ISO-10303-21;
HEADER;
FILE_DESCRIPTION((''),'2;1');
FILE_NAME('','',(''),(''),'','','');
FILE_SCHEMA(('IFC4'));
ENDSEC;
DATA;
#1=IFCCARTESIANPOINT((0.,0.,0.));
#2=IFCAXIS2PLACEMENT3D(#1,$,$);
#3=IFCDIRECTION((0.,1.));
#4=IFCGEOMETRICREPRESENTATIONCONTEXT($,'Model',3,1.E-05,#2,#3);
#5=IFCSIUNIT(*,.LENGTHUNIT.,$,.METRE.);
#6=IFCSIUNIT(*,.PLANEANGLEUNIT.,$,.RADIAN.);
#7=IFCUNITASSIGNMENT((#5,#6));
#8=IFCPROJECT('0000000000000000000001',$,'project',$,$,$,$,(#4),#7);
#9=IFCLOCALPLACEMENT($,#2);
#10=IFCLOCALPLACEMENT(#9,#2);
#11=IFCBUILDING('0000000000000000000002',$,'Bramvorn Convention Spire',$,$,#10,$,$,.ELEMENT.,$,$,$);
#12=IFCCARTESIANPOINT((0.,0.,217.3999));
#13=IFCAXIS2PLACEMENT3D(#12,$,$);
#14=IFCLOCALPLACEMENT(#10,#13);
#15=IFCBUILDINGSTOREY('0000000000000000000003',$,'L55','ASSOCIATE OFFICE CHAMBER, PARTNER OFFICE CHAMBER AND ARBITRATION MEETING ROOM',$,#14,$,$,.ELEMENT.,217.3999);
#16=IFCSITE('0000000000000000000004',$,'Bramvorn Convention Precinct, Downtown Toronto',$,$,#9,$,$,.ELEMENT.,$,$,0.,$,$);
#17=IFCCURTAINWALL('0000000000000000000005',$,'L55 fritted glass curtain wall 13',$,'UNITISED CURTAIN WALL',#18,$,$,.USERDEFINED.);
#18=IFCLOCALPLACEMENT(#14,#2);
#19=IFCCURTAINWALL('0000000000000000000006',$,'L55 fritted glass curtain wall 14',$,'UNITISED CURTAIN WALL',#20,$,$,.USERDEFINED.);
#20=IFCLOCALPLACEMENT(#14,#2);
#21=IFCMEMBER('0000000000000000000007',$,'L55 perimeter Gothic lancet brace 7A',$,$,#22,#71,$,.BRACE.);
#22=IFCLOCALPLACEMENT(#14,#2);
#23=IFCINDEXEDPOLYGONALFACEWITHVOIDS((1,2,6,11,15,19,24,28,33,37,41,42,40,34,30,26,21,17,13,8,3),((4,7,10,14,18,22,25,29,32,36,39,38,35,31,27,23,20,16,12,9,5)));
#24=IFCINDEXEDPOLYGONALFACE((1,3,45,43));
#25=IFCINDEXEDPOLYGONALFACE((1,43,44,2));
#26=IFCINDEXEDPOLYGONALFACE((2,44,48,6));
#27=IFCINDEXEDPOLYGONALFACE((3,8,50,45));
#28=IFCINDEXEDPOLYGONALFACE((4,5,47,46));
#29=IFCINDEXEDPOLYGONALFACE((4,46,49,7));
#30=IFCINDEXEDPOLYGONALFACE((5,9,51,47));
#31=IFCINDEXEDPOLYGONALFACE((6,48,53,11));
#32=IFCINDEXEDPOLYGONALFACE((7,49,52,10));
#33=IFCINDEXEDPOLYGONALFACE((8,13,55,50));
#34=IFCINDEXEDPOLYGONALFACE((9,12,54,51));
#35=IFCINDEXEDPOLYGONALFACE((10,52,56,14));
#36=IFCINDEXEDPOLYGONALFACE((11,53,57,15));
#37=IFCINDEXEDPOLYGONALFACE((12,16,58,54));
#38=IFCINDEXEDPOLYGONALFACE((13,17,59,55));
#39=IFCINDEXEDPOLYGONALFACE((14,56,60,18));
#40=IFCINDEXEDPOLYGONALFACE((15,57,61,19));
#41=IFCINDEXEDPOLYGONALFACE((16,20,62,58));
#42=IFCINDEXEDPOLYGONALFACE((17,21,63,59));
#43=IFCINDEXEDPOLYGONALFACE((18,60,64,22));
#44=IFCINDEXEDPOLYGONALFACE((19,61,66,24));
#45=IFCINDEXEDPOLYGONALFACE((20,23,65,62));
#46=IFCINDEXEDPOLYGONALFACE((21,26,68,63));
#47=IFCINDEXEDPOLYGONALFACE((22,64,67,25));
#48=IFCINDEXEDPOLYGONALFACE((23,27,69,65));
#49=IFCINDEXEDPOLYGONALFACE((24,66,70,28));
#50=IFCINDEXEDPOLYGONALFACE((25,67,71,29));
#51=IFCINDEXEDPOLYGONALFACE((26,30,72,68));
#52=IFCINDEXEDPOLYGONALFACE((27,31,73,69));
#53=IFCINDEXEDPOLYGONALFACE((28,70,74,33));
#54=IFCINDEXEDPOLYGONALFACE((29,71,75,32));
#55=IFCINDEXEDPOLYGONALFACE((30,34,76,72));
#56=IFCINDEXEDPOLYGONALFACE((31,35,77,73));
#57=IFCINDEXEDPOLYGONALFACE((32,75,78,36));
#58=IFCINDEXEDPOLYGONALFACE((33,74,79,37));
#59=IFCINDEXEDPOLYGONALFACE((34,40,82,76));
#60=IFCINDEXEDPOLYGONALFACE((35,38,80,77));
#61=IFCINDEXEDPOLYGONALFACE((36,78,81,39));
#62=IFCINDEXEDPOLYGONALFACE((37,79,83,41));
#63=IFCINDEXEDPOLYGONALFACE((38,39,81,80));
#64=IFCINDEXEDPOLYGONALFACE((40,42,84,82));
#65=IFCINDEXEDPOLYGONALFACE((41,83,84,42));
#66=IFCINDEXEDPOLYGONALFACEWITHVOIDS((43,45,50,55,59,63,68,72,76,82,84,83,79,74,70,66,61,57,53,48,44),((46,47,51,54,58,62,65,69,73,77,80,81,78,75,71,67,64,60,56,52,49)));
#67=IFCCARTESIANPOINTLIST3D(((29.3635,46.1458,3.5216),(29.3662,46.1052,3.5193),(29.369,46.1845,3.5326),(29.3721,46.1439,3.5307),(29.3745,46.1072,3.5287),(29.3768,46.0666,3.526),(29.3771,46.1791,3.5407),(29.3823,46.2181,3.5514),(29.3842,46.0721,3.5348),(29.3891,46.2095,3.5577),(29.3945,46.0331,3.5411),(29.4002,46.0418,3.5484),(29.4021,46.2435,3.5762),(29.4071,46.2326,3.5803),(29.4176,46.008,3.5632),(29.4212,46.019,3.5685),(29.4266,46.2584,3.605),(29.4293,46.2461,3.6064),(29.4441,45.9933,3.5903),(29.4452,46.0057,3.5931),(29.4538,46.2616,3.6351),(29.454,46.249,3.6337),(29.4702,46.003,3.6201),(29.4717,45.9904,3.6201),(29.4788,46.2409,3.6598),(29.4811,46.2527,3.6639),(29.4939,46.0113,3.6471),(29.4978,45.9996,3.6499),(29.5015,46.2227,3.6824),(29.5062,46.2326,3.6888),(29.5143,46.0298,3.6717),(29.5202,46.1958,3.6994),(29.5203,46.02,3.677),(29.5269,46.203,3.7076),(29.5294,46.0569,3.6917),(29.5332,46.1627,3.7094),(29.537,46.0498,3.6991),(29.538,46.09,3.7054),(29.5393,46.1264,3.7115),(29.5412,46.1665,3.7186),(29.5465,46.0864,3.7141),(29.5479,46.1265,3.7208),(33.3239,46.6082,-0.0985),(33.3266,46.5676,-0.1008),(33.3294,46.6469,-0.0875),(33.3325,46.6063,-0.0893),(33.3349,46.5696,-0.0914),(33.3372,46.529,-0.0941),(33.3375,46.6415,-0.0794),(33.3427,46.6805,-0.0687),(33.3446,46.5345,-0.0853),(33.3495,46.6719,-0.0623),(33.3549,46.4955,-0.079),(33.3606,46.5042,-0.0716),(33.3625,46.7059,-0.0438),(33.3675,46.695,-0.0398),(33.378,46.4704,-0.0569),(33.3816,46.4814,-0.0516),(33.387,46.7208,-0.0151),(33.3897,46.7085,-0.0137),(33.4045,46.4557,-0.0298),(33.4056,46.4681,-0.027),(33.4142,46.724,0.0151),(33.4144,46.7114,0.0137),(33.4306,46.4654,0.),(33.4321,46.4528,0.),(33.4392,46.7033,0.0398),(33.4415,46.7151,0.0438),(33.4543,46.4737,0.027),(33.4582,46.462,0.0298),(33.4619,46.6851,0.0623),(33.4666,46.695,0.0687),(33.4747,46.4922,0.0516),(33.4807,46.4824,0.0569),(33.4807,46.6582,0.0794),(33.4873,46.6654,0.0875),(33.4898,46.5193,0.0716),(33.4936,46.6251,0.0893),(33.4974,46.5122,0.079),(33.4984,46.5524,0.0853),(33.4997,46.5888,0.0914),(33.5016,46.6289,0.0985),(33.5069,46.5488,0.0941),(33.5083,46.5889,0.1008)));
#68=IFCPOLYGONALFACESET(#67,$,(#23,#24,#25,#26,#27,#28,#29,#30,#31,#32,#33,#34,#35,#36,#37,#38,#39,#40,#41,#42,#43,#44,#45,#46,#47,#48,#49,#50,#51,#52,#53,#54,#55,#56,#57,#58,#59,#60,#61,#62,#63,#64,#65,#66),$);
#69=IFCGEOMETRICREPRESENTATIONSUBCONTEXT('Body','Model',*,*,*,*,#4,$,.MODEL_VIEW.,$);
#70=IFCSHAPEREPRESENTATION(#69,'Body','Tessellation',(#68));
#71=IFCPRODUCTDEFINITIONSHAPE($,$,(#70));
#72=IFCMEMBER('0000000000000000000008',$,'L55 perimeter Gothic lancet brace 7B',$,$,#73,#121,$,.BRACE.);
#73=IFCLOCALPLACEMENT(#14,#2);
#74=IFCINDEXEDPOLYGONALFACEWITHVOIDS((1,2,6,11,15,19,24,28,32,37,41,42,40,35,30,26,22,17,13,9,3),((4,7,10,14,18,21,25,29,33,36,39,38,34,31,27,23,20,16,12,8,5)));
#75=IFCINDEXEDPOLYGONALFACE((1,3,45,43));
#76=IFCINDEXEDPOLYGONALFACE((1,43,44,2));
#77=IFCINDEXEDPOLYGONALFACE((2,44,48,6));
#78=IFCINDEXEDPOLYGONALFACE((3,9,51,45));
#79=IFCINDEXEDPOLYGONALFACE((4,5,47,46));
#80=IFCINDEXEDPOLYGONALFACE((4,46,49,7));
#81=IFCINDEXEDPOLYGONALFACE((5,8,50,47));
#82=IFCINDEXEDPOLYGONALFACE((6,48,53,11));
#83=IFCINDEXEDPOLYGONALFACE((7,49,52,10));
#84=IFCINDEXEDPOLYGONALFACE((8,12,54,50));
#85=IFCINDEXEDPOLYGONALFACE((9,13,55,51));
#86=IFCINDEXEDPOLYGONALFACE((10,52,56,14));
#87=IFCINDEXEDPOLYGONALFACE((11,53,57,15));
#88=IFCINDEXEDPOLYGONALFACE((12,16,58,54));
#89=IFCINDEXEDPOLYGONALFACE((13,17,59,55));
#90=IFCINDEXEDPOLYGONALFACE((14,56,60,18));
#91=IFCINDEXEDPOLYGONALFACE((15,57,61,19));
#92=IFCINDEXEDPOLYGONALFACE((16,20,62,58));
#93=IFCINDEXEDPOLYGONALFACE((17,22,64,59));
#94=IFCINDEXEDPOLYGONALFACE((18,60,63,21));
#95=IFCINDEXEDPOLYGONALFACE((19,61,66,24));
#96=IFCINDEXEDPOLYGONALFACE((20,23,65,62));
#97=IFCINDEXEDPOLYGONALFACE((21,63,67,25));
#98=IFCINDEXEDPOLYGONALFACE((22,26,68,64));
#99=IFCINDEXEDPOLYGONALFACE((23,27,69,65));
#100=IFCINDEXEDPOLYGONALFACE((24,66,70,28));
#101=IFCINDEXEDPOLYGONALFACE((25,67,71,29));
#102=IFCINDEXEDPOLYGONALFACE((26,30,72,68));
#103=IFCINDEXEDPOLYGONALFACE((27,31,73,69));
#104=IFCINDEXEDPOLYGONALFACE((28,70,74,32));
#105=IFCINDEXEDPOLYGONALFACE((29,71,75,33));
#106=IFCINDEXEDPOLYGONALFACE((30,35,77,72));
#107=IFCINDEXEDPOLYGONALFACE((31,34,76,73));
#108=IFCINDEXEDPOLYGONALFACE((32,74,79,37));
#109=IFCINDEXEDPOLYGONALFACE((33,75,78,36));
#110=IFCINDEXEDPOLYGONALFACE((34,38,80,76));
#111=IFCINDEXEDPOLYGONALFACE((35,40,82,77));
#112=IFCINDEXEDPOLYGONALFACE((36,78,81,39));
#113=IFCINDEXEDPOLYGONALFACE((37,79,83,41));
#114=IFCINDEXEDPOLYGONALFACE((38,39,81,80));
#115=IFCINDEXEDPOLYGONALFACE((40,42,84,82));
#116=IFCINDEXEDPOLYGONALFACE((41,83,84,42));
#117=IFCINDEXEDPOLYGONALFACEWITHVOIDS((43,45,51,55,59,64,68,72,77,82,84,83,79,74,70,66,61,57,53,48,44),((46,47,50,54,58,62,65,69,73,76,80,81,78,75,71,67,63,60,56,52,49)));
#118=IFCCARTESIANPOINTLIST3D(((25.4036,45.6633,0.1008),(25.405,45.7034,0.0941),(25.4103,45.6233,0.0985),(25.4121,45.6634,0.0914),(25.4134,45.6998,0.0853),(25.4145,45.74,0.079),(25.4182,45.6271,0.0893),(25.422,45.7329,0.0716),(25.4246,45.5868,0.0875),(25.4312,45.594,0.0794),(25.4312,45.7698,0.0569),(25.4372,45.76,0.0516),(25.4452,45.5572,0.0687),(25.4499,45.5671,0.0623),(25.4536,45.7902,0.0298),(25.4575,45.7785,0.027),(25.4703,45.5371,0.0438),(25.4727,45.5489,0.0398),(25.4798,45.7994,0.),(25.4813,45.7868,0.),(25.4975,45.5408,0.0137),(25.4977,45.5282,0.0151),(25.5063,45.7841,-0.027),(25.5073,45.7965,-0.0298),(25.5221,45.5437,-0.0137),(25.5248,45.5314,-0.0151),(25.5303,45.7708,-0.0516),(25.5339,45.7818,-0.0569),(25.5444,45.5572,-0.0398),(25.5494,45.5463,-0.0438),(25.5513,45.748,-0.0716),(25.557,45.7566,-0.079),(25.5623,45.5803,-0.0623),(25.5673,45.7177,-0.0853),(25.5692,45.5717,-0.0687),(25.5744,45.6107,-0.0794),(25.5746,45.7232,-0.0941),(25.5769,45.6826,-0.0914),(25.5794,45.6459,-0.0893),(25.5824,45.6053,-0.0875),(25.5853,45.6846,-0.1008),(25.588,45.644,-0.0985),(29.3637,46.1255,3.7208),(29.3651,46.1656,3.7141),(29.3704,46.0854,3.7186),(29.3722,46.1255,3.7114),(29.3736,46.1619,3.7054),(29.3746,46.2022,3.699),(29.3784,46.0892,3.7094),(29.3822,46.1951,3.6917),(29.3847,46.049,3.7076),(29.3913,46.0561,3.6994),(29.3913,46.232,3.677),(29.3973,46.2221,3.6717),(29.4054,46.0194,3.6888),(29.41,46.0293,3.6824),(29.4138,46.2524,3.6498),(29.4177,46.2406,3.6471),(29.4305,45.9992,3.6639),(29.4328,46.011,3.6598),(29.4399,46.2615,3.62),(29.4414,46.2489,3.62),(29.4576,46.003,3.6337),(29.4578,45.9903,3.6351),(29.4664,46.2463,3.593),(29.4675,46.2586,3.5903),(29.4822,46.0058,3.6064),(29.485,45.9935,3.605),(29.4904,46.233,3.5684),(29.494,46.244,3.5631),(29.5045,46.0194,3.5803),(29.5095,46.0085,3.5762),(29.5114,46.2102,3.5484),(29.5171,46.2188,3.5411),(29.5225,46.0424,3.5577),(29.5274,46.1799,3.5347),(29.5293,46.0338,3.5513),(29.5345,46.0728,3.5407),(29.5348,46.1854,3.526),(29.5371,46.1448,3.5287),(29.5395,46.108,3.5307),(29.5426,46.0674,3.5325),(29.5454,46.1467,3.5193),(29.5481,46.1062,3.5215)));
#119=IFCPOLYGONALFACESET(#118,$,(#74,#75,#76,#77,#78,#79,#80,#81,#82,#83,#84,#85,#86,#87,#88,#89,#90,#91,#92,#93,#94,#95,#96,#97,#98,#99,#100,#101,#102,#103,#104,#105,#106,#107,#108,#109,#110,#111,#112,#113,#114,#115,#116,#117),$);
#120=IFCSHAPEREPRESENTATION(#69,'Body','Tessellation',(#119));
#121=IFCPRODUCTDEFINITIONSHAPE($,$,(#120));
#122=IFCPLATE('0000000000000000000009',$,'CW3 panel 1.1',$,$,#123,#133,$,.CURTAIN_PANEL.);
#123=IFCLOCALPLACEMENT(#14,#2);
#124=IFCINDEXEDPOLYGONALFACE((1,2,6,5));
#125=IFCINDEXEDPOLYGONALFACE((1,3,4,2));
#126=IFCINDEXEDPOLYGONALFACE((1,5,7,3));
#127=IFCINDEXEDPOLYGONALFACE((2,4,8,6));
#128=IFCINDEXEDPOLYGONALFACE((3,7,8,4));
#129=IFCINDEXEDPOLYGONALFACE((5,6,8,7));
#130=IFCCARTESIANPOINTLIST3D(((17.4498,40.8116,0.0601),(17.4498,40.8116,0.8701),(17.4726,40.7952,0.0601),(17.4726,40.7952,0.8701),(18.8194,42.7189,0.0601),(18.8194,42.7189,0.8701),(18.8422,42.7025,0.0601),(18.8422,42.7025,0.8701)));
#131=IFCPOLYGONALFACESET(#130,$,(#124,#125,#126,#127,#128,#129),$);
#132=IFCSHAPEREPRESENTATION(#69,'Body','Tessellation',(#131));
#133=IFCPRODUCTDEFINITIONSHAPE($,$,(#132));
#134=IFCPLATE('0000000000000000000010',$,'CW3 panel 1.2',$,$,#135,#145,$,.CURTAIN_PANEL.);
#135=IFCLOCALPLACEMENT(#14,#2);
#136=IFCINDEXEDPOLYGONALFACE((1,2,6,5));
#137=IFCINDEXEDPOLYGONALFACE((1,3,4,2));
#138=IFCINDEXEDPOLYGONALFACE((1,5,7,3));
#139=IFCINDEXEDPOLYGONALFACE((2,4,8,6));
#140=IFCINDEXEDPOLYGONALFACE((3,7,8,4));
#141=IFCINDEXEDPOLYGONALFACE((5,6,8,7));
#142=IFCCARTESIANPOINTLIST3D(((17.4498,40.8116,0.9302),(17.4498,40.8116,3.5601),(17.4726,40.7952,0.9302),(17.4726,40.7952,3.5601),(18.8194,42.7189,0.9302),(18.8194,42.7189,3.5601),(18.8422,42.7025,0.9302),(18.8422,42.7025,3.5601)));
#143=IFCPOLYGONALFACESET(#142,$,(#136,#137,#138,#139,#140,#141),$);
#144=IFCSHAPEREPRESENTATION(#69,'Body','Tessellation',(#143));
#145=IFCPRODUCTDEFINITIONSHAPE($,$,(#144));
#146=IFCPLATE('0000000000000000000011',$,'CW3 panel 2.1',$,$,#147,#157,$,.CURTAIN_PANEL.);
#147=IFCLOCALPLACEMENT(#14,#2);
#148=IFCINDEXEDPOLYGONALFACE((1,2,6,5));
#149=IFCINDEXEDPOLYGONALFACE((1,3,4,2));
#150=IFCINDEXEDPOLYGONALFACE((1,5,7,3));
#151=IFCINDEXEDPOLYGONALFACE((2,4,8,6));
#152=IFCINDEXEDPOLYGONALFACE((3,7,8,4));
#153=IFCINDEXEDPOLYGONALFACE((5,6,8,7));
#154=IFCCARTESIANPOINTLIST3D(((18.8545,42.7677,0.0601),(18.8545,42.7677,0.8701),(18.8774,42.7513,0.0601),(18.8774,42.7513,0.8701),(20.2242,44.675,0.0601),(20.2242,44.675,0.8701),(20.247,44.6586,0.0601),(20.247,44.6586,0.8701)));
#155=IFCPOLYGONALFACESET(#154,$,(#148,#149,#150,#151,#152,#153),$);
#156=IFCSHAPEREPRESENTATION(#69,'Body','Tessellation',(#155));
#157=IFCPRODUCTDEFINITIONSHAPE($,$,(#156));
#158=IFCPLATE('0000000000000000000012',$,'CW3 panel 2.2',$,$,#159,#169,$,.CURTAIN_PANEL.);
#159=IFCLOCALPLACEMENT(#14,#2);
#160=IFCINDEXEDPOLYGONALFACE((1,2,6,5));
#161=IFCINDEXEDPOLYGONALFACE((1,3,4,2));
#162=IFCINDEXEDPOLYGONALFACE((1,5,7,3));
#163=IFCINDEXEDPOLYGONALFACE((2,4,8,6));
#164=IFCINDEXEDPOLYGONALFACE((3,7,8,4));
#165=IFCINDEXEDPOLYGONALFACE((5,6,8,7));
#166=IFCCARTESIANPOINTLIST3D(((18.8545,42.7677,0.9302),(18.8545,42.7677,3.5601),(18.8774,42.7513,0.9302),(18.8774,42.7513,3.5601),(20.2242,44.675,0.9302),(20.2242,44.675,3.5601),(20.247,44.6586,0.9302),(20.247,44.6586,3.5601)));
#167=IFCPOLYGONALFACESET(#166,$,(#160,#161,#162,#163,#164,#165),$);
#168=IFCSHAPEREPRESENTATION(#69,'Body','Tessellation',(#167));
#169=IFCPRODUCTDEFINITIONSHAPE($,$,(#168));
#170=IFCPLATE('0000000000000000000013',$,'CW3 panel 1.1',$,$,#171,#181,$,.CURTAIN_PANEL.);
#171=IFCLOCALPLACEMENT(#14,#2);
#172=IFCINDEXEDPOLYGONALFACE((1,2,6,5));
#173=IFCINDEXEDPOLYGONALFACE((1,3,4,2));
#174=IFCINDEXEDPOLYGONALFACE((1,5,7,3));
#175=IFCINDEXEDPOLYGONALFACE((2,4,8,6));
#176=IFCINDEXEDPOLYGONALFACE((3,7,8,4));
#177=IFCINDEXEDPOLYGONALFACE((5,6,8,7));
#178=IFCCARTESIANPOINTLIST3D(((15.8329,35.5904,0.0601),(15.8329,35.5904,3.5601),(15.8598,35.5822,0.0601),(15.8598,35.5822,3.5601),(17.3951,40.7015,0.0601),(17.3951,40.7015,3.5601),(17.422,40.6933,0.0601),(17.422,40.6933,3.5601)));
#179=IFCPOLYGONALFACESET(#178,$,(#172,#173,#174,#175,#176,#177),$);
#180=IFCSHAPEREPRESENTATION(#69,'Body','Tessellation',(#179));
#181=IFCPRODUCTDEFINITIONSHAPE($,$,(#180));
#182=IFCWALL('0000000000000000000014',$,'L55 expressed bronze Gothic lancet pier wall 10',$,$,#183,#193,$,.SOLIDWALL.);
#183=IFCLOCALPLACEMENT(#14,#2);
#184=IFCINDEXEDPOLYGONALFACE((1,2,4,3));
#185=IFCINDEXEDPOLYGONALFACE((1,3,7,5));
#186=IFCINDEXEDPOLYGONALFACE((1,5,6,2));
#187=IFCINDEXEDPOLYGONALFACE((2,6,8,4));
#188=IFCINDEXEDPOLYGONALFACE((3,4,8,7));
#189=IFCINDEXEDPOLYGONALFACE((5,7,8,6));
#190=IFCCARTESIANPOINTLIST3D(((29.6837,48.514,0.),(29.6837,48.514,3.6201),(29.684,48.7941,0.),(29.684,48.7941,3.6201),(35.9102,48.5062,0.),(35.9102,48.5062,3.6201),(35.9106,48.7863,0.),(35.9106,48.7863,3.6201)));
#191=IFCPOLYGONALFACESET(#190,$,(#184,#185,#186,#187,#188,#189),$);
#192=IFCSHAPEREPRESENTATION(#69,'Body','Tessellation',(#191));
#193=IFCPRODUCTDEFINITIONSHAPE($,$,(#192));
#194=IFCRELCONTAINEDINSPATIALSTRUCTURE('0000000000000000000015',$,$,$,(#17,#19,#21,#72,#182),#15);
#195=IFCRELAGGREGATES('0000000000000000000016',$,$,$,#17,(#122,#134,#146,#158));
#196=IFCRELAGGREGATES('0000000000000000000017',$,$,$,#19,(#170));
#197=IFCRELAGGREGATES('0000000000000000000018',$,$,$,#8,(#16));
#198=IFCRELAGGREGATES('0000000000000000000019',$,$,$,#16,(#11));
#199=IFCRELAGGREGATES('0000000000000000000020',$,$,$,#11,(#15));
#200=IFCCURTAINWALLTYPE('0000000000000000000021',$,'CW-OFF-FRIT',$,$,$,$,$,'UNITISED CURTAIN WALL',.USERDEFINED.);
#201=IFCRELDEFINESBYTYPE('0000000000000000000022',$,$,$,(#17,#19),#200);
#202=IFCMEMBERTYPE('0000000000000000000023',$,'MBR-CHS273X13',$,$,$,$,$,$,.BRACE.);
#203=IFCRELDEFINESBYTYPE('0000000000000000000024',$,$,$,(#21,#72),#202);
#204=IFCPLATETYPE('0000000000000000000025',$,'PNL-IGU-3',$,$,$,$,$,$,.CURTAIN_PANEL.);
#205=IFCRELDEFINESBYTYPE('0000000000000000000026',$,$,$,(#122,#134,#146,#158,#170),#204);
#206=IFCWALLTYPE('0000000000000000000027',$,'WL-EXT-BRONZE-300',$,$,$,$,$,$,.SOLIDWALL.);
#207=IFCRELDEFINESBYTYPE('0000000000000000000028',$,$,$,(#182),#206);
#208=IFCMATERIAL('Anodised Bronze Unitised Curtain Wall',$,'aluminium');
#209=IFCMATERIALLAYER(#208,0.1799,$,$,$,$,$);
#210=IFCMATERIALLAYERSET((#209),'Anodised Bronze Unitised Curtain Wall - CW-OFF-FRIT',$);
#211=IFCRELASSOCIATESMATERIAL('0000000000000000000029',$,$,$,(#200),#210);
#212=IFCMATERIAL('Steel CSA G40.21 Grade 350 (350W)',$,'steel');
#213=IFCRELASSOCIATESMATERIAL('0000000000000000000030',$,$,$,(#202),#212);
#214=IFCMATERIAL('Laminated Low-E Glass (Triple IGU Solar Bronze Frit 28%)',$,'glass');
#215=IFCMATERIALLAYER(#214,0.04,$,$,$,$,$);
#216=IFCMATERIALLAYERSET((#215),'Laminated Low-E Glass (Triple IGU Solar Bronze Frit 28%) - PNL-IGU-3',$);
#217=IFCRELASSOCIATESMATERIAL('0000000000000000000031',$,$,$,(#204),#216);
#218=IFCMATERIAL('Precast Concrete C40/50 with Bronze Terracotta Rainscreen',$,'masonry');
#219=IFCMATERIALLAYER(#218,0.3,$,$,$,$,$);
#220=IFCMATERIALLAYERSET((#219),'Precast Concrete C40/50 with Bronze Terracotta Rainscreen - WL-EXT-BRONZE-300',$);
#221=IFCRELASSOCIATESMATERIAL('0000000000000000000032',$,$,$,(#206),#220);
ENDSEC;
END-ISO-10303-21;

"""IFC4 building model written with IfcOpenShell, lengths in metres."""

from ifc_helpers import new_model, si_unit, direction, frame, frame_2d, origin, origin_2d, place, context, subcontext, project, spatial, rectangle, hollow_circle, extrude, material, layer, layer_set, material_profile, profile_set, type_object, element, aggregate, save


model = new_model("IFC4")

# Units and contexts
model_context = context("Model", 3, precision=1e-05, world=origin(), true_north=direction((0.0, 1.0)))
body_context = subcontext(model_context, "Body", "Model", "MODEL_VIEW")
ifc_project = project(units=[si_unit("LENGTHUNIT", "METRE"), si_unit("PLANEANGLEUNIT", "RADIAN")], contexts=[model_context])

# Site, building, storey
site_placement = place(None, origin())
site = spatial("IfcSite", under=ifc_project, at=site_placement, Name="Bramvorn Convention Precinct, Downtown Toronto", CompositionType="ELEMENT", RefElevation=0.0)
building_placement = place(site_placement, origin())
building = spatial("IfcBuilding", under=site, at=building_placement, Name="Bramvorn Convention Spire", CompositionType="ELEMENT")
storey_placement = place(building_placement, frame((0.0, 0.0, 217.3999)))
storey = spatial("IfcBuildingStorey", under=building, at=storey_placement, Name="L55", Description="ASSOCIATE OFFICE CHAMBER, PARTNER OFFICE CHAMBER AND ARBITRATION MEETING ROOM", CompositionType="ELEMENT", Elevation=217.3999)

# Shared definitions
ifc_material_1 = material(Name="Steel CSA G40.21 Grade 350 (350W)", Category="steel")

# Curtain wall
ifc_material_2 = material(Name="Anodised Bronze Unitised Curtain Wall", Category="aluminium")
ifc_layer_1 = layer(ifc_material_2, 0.1799)
ifc_layer_set_1 = layer_set([ifc_layer_1], Name="Anodised Bronze Unitised Curtain Wall - CW-OFF-FRIT")
curtain_wall_type = type_object("IfcCurtainWallType", Name="CW-OFF-FRIT", ElementType="UNITISED CURTAIN WALL", PredefinedType="USERDEFINED", material=ifc_layer_set_1)
curtain_wall_1_placement = place(storey_placement, origin())
curtain_wall_1 = element("IfcCurtainWall", 1, at=curtain_wall_1_placement, inside=storey, type_object=curtain_wall_type, Name="L55 fritted glass curtain wall 13", ObjectType="UNITISED CURTAIN WALL", PredefinedType="USERDEFINED")

# Curtain wall
curtain_wall_2_placement = place(storey_placement, origin())
curtain_wall_2 = element("IfcCurtainWall", 2, at=curtain_wall_2_placement, inside=storey, type_object=curtain_wall_type, Name="L55 fritted glass curtain wall 14", ObjectType="UNITISED CURTAIN WALL", PredefinedType="USERDEFINED")

# Members
ifc_material_profile_1 = material_profile(ifc_material_1, hollow_circle(Radius=0.1365, WallThickness=0.0127, at=origin_2d()))
ifc_profile_set_1 = profile_set([ifc_material_profile_1], Name="Steel CSA G40.21 Grade 350 (350W) - CHS273X13")
member_type_1 = type_object("IfcMemberType", Name="MBR-CHS273X13", PredefinedType="BRACE", material=ifc_profile_set_1)
member_1_placement = place(storey_placement, frame((33.4163, 46.5884, 0.0), z_axis=(-0.735383, -0.08586, 0.67219), x_axis=(0.115967, -0.993253, 0.0)))
element("IfcMember", 3, at=member_1_placement, inside=storey, type_object=member_type_1, Name="L55 perimeter Gothic lancet brace 7A", PredefinedType="BRACE", context=body_context, shape_type="SweptSolid", body=[
    extrude(hollow_circle(Radius=0.1365, WallThickness=0.0127, at=origin_2d()), origin(), (0.0, 0.0, 1.0), 5.3855),
])
member_2_placement = place(storey_placement, frame((25.4956, 45.6638, 0.0), z_axis=(0.735365, 0.085818, 0.672215), x_axis=(-0.115914, 0.993259, 0.0)))
element("IfcMember", 4, at=member_2_placement, inside=storey, type_object=member_type_1, Name="L55 perimeter Gothic lancet brace 7B", PredefinedType="BRACE", context=body_context, shape_type="SweptSolid", body=[
    extrude(hollow_circle(Radius=0.1365, WallThickness=0.0127, at=origin_2d()), origin(), (0.0, 0.0, 1.0), 5.3853),
])

# Plates
ifc_material_3 = material(Name="Laminated Low-E Glass (Triple IGU Solar Bronze Frit 28%)", Category="glass")
ifc_layer_2 = layer(ifc_material_3, 0.04)
ifc_layer_set_2 = layer_set([ifc_layer_2], Name="Laminated Low-E Glass (Triple IGU Solar Bronze Frit 28%) - PNL-IGU-3")
plate_type = type_object("IfcPlateType", Name="PNL-IGU-3", PredefinedType="CURTAIN_PANEL", material=ifc_layer_set_2)
plate_1_placement = place(storey_placement, frame((18.146, 41.7571, 0.0601), z_axis=(0.0, 0.0, 1.0), x_axis=(0.583295, 0.812261, 0.0)))
plate_1 = element("IfcPlate", 5, at=plate_1_placement, type_object=plate_type, Name="CW3 panel 1.1", PredefinedType="CURTAIN_PANEL", context=body_context, shape_type="SweptSolid", body=[
    extrude(rectangle(XDim=2.3481, YDim=0.0281, at=origin_2d()), origin(), (0.0, 0.0, 1.0), 0.8101),
])
plate_2_placement = place(storey_placement, frame((18.146, 41.7571, 0.9302), z_axis=(0.0, 0.0, 1.0), x_axis=(0.583295, 0.812261, 0.0)))
plate_2 = element("IfcPlate", 6, at=plate_2_placement, type_object=plate_type, Name="CW3 panel 1.2", PredefinedType="CURTAIN_PANEL", context=body_context, shape_type="SweptSolid", body=[
    extrude(rectangle(XDim=2.3481, YDim=0.0281, at=origin_2d()), origin(), (0.0, 0.0, 1.0), 2.6299),
])
plate_3_placement = place(storey_placement, frame((19.5508, 43.7131, 0.0601), z_axis=(0.0, 0.0, 1.0), x_axis=(0.583295, 0.812261, 0.0)))
plate_3 = element("IfcPlate", 7, at=plate_3_placement, type_object=plate_type, Name="CW3 panel 2.1", PredefinedType="CURTAIN_PANEL", context=body_context, shape_type="SweptSolid", body=[
    extrude(rectangle(XDim=2.3481, YDim=0.0281, at=origin_2d()), origin(), (0.0, 0.0, 1.0), 0.8101),
])
plate_4_placement = place(storey_placement, frame((19.5508, 43.7131, 0.9302), z_axis=(0.0, 0.0, 1.0), x_axis=(0.583295, 0.812261, 0.0)))
plate_4 = element("IfcPlate", 8, at=plate_4_placement, type_object=plate_type, Name="CW3 panel 2.2", PredefinedType="CURTAIN_PANEL", context=body_context, shape_type="SweptSolid", body=[
    extrude(rectangle(XDim=2.3481, YDim=0.0281, at=origin_2d()), origin(), (0.0, 0.0, 1.0), 2.6299),
])
aggregate(curtain_wall_1, [plate_1, plate_2, plate_3, plate_4])
plate_5_placement = place(storey_placement, frame((16.6274, 38.1418, 0.0601), z_axis=(0.0, 0.0, 1.0), x_axis=(0.292307, 0.956325, 0.0)))
plate_5 = element("IfcPlate", 9, at=plate_5_placement, type_object=plate_type, Name="CW3 panel 1.1", PredefinedType="CURTAIN_PANEL", context=body_context, shape_type="SweptSolid", body=[
    extrude(rectangle(XDim=5.3445, YDim=0.0281, at=origin_2d()), origin(), (0.0, 0.0, 1.0), 3.5),
])
aggregate(curtain_wall_2, [plate_5])

# Wall
ifc_material_4 = material(Name="Precast Concrete C40/50 with Bronze Terracotta Rainscreen", Category="masonry")
ifc_layer_3 = layer(ifc_material_4, 0.3)
ifc_layer_set_3 = layer_set([ifc_layer_3], Name="Precast Concrete C40/50 with Bronze Terracotta Rainscreen - WL-EXT-BRONZE-300")
wall_type_1 = type_object("IfcWallType", Name="WL-EXT-BRONZE-300", PredefinedType="SOLIDWALL", material=ifc_layer_set_3)
wall_1_placement = place(storey_placement, frame((29.6838, 48.6541, 0.0), z_axis=(0.0, 0.0, 1.0), x_axis=(0.999999, -0.001255, 0.0)))
element("IfcWall", 10, at=wall_1_placement, inside=storey, type_object=wall_type_1, Name="L55 expressed bronze Gothic lancet pier wall 10", PredefinedType="SOLIDWALL", context=body_context, shape_type="SweptSolid", body=[
    extrude(rectangle(XDim=6.2266, YDim=0.28, at=frame_2d((3.1133, 0.0))), origin(), (0.0, 0.0, 1.0), 3.6201),
])

save(model, "model.ifc")
